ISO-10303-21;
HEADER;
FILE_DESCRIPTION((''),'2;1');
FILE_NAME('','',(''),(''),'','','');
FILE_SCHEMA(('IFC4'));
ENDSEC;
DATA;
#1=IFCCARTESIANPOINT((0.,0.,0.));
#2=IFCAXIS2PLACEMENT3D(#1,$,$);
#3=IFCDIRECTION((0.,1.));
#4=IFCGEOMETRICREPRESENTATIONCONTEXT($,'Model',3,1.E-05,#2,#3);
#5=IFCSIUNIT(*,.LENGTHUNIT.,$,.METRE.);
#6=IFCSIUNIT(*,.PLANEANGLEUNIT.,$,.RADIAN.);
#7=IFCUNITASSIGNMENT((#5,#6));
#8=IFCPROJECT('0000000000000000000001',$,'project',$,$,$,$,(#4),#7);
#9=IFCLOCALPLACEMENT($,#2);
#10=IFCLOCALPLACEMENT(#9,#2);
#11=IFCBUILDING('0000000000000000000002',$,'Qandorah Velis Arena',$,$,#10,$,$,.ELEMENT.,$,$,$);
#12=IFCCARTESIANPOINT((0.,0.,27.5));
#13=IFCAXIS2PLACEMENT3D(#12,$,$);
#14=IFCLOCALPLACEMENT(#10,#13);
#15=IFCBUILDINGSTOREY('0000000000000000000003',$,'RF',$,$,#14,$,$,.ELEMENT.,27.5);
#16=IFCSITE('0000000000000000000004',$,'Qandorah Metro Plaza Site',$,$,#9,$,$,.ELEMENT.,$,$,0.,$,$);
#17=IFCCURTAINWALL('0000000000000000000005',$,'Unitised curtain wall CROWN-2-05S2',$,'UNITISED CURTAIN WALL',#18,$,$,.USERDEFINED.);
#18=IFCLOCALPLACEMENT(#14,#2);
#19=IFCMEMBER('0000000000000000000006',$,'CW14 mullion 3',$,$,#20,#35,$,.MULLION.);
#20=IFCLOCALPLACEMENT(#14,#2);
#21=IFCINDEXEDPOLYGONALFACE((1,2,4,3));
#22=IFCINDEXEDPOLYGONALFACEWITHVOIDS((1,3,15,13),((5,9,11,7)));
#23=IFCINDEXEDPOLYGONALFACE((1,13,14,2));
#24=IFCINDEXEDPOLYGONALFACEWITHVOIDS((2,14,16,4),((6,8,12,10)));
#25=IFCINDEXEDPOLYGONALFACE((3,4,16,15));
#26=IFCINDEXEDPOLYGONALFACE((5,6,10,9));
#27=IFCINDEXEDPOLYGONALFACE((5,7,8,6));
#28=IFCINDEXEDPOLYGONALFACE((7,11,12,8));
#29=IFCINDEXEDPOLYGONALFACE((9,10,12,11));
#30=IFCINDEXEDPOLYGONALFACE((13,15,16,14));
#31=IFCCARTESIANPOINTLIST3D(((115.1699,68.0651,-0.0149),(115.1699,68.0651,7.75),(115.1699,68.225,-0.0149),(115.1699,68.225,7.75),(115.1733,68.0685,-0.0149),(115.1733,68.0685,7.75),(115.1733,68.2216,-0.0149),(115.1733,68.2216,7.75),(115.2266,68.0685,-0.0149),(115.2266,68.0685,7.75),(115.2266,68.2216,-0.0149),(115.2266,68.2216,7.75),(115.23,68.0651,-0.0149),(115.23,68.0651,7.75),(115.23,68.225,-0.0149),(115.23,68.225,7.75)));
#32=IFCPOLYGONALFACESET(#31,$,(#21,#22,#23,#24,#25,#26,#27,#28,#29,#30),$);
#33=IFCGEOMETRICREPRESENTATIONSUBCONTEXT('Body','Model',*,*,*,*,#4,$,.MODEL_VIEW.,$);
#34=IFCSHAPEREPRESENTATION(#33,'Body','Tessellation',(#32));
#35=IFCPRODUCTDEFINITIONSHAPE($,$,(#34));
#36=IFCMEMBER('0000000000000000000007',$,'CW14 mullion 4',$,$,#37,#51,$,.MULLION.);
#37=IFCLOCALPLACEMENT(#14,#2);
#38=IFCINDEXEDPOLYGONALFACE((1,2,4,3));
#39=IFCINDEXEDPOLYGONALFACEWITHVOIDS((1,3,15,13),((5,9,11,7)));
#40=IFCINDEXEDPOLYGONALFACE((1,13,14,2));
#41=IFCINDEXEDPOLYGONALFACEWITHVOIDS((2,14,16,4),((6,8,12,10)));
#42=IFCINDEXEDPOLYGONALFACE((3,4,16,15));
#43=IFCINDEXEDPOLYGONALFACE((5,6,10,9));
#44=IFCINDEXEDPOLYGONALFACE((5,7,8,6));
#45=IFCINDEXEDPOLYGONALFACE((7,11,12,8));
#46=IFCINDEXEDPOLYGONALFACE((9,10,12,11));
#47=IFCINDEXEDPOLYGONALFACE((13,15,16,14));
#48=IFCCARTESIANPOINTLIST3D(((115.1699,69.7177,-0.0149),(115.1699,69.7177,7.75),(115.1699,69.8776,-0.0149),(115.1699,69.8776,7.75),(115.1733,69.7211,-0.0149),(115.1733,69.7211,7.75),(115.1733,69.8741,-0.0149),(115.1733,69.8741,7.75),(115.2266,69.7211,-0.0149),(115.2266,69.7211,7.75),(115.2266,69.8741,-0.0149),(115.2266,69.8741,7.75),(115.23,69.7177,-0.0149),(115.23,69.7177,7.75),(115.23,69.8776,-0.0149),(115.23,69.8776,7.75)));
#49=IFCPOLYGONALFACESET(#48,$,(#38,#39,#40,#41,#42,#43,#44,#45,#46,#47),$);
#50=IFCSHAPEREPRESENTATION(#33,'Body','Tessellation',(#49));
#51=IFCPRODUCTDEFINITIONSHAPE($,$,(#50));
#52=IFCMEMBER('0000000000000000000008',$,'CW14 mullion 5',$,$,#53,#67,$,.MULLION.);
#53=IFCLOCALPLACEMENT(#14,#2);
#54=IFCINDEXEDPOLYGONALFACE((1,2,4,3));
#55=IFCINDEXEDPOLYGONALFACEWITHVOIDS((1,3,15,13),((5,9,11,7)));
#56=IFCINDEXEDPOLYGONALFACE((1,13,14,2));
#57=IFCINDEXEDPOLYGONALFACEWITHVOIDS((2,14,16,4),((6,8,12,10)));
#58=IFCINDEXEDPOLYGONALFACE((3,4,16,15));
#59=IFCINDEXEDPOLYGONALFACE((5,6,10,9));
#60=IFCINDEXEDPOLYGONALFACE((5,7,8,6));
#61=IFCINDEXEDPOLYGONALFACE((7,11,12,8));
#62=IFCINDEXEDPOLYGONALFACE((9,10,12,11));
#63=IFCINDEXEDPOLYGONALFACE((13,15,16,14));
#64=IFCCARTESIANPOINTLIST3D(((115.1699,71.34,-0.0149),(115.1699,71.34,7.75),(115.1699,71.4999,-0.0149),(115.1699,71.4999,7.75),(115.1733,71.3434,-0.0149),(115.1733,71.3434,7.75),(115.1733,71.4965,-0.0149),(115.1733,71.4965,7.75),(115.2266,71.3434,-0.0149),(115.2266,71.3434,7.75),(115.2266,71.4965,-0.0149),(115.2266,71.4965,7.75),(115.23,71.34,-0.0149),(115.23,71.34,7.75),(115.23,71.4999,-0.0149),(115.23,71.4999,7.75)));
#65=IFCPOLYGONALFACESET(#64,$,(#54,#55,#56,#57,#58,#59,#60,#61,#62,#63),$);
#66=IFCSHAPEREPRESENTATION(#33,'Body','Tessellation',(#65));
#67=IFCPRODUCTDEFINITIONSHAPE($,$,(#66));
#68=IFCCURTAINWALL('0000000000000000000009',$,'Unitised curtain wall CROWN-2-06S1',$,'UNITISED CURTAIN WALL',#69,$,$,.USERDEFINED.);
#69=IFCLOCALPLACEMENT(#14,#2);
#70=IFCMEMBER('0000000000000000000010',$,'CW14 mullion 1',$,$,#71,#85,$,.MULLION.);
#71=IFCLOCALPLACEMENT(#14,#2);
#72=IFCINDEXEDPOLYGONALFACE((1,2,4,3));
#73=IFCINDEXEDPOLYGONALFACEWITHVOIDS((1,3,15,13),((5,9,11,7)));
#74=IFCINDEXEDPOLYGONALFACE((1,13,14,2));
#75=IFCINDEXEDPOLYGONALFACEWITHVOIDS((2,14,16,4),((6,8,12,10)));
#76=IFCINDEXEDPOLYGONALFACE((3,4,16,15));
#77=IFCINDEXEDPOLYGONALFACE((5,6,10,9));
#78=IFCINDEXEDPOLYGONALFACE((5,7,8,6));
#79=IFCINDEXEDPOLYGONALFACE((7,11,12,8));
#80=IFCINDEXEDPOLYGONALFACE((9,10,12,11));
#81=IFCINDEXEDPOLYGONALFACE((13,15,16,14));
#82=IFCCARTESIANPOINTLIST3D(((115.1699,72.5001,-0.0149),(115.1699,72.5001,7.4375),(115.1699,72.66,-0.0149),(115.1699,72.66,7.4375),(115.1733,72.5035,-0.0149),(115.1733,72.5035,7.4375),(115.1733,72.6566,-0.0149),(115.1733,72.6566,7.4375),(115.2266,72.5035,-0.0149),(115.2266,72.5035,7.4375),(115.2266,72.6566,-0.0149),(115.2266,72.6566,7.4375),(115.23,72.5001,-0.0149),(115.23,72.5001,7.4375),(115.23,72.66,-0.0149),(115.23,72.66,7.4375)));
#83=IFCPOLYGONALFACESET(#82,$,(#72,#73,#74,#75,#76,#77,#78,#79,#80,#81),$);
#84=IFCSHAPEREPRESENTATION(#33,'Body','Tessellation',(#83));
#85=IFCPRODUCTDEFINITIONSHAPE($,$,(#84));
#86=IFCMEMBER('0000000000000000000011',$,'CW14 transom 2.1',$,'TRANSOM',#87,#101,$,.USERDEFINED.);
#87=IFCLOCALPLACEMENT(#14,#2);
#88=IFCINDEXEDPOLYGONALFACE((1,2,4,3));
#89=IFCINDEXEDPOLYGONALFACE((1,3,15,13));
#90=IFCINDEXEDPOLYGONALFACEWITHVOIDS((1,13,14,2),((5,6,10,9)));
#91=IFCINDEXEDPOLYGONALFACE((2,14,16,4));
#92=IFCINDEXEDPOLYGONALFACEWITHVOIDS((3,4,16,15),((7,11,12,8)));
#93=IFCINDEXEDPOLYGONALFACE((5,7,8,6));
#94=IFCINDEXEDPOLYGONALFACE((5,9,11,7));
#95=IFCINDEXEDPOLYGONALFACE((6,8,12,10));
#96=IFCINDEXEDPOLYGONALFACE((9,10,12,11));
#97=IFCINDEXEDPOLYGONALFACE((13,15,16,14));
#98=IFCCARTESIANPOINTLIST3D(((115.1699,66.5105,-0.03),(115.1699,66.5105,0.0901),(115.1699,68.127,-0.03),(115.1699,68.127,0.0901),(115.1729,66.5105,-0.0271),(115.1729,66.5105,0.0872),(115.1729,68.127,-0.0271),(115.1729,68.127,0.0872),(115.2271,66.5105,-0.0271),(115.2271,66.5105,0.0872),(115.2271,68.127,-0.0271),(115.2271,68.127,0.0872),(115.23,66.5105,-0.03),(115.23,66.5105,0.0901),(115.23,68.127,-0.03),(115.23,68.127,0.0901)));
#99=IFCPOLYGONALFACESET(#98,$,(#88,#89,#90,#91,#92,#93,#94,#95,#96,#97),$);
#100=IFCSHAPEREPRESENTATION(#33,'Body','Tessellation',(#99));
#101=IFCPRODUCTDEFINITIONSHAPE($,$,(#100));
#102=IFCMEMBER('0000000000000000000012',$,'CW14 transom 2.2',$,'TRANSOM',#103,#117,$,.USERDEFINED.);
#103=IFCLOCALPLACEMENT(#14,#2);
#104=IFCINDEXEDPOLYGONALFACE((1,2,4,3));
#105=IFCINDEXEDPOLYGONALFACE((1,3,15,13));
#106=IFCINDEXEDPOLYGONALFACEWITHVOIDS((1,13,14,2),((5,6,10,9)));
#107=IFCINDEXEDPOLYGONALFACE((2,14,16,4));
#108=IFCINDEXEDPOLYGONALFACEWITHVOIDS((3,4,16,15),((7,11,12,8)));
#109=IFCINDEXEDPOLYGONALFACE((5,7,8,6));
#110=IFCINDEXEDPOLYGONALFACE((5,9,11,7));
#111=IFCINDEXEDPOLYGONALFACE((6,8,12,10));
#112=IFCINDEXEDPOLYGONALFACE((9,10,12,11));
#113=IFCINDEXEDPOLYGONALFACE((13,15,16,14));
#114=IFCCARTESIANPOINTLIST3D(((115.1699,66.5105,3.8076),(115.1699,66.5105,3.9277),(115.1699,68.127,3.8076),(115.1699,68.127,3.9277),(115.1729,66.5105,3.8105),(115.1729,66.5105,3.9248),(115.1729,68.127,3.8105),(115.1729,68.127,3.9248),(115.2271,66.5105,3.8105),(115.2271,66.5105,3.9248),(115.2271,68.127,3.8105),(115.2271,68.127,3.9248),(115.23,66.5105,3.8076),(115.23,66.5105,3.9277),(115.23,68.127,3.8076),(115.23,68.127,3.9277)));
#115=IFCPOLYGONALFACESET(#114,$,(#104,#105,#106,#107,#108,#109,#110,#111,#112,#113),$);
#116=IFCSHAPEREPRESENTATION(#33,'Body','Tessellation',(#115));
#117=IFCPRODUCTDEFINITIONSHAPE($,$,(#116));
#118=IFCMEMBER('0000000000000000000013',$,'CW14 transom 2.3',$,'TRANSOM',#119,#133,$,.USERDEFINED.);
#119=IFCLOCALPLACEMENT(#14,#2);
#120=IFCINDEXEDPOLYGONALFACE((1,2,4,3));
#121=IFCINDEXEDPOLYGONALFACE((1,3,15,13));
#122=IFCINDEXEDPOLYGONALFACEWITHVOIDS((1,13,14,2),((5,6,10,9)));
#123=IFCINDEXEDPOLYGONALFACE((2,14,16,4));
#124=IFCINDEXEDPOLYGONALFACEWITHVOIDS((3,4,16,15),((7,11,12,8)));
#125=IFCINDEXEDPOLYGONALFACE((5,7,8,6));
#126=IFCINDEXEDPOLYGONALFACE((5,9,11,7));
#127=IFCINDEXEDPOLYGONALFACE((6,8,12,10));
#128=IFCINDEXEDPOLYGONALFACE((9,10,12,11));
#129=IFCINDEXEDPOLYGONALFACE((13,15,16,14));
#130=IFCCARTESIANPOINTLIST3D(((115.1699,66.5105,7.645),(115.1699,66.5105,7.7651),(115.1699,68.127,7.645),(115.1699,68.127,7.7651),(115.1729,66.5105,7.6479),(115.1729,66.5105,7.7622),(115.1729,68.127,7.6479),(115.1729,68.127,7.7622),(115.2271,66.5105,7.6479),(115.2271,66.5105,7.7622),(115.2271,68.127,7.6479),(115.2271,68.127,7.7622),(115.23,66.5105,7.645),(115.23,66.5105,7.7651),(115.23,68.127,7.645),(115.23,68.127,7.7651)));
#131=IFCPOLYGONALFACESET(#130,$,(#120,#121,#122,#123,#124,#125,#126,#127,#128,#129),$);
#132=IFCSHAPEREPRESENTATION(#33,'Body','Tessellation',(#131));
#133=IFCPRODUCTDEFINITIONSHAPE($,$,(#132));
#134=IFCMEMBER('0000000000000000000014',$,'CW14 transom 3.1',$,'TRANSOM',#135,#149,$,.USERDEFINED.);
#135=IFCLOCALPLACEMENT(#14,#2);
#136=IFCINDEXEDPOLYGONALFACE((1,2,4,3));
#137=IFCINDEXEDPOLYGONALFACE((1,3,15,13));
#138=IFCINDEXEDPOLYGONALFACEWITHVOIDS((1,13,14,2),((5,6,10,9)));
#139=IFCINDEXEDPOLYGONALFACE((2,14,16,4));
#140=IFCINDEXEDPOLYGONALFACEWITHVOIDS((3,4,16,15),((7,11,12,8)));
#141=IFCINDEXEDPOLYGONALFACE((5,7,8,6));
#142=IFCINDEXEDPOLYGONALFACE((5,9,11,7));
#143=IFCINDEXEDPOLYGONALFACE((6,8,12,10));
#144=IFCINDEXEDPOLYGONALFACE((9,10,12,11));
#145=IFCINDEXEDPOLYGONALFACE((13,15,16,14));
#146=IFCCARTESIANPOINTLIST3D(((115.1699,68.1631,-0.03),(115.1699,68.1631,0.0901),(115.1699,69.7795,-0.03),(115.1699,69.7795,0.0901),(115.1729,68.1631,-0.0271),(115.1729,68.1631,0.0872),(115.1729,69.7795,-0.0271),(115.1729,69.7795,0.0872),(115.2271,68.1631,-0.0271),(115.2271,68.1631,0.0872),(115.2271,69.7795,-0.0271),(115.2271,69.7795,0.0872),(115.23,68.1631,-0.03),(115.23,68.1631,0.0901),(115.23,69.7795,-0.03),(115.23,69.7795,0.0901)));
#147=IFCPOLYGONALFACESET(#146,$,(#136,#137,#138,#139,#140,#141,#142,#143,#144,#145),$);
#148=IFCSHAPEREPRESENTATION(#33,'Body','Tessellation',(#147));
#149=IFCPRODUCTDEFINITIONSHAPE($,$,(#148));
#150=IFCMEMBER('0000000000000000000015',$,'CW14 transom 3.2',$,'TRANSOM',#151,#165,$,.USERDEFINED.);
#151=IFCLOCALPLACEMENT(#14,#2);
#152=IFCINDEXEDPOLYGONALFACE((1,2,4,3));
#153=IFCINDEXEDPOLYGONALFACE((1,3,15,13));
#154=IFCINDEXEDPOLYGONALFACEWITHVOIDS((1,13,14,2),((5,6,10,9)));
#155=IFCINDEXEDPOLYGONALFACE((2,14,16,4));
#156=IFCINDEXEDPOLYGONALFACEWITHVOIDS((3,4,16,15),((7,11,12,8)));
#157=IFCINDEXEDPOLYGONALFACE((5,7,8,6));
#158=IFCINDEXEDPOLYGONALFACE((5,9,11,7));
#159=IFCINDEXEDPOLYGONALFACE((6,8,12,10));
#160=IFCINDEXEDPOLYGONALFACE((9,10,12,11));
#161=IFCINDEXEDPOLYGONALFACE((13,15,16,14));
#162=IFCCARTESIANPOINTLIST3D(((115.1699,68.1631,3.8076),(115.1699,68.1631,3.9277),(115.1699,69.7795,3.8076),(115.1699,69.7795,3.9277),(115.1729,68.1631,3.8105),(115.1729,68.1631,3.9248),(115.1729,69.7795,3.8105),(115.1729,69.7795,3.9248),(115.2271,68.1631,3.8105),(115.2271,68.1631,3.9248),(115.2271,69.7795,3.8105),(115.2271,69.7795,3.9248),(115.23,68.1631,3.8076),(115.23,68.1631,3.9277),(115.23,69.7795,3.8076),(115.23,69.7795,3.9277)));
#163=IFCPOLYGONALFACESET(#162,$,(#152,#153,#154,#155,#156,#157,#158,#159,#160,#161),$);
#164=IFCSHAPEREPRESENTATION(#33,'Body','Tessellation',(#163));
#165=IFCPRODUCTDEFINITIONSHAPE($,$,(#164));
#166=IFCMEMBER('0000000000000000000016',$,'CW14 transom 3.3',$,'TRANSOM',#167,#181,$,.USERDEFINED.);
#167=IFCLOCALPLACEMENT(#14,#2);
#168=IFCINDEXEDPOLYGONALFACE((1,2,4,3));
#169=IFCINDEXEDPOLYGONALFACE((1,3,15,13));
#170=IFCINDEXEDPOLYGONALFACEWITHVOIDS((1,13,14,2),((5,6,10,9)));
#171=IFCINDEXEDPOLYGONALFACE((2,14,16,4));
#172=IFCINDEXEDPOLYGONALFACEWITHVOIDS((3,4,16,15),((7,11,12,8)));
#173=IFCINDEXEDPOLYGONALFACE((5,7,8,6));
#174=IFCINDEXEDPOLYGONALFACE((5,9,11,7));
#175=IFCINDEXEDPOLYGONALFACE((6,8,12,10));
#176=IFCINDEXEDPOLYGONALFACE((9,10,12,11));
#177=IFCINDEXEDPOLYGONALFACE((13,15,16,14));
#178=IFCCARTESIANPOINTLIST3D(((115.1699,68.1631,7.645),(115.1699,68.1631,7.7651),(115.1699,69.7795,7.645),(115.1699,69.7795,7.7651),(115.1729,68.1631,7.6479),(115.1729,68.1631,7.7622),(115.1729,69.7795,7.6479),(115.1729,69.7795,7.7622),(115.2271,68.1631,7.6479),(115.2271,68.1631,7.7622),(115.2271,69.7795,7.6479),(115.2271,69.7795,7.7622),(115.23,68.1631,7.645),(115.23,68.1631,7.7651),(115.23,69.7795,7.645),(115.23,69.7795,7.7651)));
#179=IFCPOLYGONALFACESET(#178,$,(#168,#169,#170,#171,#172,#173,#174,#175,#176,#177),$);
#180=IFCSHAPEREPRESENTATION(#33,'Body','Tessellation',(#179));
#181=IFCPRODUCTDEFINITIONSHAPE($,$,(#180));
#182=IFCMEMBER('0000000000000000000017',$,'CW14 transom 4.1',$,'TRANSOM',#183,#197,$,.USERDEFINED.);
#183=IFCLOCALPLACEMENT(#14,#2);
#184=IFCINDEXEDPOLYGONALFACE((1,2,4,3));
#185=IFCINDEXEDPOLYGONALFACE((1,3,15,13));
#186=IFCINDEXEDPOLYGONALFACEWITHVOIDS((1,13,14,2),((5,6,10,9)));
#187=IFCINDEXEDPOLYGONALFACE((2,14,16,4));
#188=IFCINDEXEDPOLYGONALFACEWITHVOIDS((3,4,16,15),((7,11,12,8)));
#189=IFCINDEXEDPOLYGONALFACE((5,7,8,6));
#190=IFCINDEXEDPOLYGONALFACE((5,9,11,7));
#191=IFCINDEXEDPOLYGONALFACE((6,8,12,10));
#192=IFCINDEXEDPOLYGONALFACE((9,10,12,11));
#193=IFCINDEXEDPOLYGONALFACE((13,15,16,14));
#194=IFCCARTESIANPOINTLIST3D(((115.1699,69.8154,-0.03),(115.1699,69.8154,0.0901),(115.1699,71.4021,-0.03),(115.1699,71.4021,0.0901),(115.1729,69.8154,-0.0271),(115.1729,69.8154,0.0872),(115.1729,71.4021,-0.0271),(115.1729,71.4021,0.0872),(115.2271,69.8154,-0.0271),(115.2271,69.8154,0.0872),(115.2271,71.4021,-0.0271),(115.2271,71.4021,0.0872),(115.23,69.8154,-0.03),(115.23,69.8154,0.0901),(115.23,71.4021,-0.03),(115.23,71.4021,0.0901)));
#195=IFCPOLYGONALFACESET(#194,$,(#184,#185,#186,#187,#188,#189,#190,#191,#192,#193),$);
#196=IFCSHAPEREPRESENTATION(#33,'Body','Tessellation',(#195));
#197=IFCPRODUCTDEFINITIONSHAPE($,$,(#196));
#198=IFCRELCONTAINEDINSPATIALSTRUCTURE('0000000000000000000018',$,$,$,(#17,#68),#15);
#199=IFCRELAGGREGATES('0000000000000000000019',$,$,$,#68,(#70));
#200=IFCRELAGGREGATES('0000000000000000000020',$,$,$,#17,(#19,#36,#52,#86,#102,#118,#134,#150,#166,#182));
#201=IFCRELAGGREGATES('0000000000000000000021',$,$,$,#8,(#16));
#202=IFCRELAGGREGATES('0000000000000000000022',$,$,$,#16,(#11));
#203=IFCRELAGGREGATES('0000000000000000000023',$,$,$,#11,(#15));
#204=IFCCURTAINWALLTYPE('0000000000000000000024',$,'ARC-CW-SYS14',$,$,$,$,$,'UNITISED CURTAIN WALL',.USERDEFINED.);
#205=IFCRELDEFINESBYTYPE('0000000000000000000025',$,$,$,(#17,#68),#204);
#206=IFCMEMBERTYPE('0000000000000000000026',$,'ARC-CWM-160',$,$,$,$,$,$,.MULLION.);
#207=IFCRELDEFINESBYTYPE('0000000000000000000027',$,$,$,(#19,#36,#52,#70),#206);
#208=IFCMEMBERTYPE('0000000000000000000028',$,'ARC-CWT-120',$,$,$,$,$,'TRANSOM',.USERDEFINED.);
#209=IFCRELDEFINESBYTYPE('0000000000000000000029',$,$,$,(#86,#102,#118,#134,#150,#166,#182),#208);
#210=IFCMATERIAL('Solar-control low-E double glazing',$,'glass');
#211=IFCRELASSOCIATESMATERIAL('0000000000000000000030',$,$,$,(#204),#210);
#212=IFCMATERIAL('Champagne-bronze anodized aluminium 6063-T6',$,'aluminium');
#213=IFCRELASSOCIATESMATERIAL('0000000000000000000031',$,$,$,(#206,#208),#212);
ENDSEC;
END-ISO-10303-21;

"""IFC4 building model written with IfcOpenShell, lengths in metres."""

from ifc_helpers import new_model, si_unit, direction, frame, origin, origin_2d, place, context, subcontext, project, spatial, hollow_rectangle, extrude, material, material_profile, profile_set, type_object, element, aggregate, save


model = new_model("IFC4")

# Units and contexts
model_context = context("Model", 3, precision=1e-05, world=origin(), true_north=direction((0.0, 1.0)))
body_context = subcontext(model_context, "Body", "Model", "MODEL_VIEW")
ifc_project = project(units=[si_unit("LENGTHUNIT", "METRE"), si_unit("PLANEANGLEUNIT", "RADIAN")], contexts=[model_context])

# Site, building, storey
site_placement = place(None, origin())
site = spatial("IfcSite", under=ifc_project, at=site_placement, Name="Qandorah Metro Plaza Site", CompositionType="ELEMENT", RefElevation=0.0)
building_placement = place(site_placement, origin())
building = spatial("IfcBuilding", under=site, at=building_placement, Name="Qandorah Velis Arena", CompositionType="ELEMENT")
storey_placement = place(building_placement, frame((0.0, 0.0, 27.5)))
storey = spatial("IfcBuildingStorey", under=building, at=storey_placement, Name="RF", CompositionType="ELEMENT", Elevation=27.5)

# Curtain wall, members
ifc_material_1 = material(Name="Solar-control low-E double glazing", Category="glass")
curtain_wall_type = type_object("IfcCurtainWallType", Name="ARC-CW-SYS14", ElementType="UNITISED CURTAIN WALL", PredefinedType="USERDEFINED", material=ifc_material_1)
curtain_wall_1_placement = place(storey_placement, origin())
curtain_wall_1 = element("IfcCurtainWall", 1, at=curtain_wall_1_placement, inside=storey, type_object=curtain_wall_type, Name="Unitised curtain wall CROWN-2-05S2", ObjectType="UNITISED CURTAIN WALL", PredefinedType="USERDEFINED")
ifc_material_2 = material(Name="Champagne-bronze anodized aluminium 6063-T6", Category="aluminium")
ifc_material_profile_1 = material_profile(ifc_material_2, hollow_rectangle(XDim=0.0601, YDim=0.1599, WallThickness=0.0034, at=origin_2d()), Name="ALU MULLION 60x160")
ifc_profile_set_1 = profile_set([ifc_material_profile_1], Name="Champagne-bronze anodized aluminium 6063-T6")
member_type_1 = type_object("IfcMemberType", Name="ARC-CWM-160", PredefinedType="MULLION", material=ifc_profile_set_1)
member_1_placement = place(storey_placement, frame((115.2, 68.145, -0.0149), z_axis=(0.0, 0.0, 1.0), x_axis=(-1.0, 0.0, 0.0)))
member_1 = element("IfcMember", 2, at=member_1_placement, type_object=member_type_1, Name="CW14 mullion 3", PredefinedType="MULLION", context=body_context, shape_type="SweptSolid", body=[
    extrude(hollow_rectangle(XDim=0.0601, YDim=0.1599, WallThickness=0.0034, at=origin_2d()), origin(), (0.0, 0.0, 1.0), 7.7649),
])
member_2_placement = place(storey_placement, frame((115.2, 69.7976, -0.0149), z_axis=(0.0, 0.0, 1.0), x_axis=(-1.0, 0.0, 0.0)))
member_2 = element("IfcMember", 3, at=member_2_placement, type_object=member_type_1, Name="CW14 mullion 4", PredefinedType="MULLION", context=body_context, shape_type="SweptSolid", body=[
    extrude(hollow_rectangle(XDim=0.0601, YDim=0.1599, WallThickness=0.0034, at=origin_2d()), origin(), (0.0, 0.0, 1.0), 7.7649),
])
member_3_placement = place(storey_placement, frame((115.2, 71.4199, -0.0149), z_axis=(0.0, 0.0, 1.0), x_axis=(-1.0, 0.0, 0.0)))
member_3 = element("IfcMember", 4, at=member_3_placement, type_object=member_type_1, Name="CW14 mullion 5", PredefinedType="MULLION", context=body_context, shape_type="SweptSolid", body=[
    extrude(hollow_rectangle(XDim=0.0601, YDim=0.1599, WallThickness=0.0034, at=origin_2d()), origin(), (0.0, 0.0, 1.0), 7.7649),
])

# Curtain wall, member
curtain_wall_2_placement = place(storey_placement, origin())
curtain_wall_2 = element("IfcCurtainWall", 5, at=curtain_wall_2_placement, inside=storey, type_object=curtain_wall_type, Name="Unitised curtain wall CROWN-2-06S1", ObjectType="UNITISED CURTAIN WALL", PredefinedType="USERDEFINED")
member_4_placement = place(storey_placement, frame((115.2, 72.5801, -0.0149), z_axis=(0.0, 0.0, 1.0), x_axis=(-1.0, 0.0, 0.0)))
member_4 = element("IfcMember", 6, at=member_4_placement, type_object=member_type_1, Name="CW14 mullion 1", PredefinedType="MULLION", context=body_context, shape_type="SweptSolid", body=[
    extrude(hollow_rectangle(XDim=0.0601, YDim=0.1599, WallThickness=0.0034, at=origin_2d()), origin(), (0.0, 0.0, 1.0), 7.4524),
])

# Members
ifc_material_profile_2 = material_profile(ifc_material_2, hollow_rectangle(XDim=0.0601, YDim=0.1201, WallThickness=0.0029, at=origin_2d()), Name="ALU TRANSOM 60x120")
ifc_profile_set_2 = profile_set([ifc_material_profile_2], Name="Champagne-bronze anodized aluminium 6063-T6")
member_type_2 = type_object("IfcMemberType", Name="ARC-CWT-120", ElementType="TRANSOM", PredefinedType="USERDEFINED", material=ifc_profile_set_2)
member_5_placement = place(storey_placement, frame((115.2, 66.5105, 0.03), z_axis=(0.0, 1.0, 0.0), x_axis=(-1.0, 0.0, 0.0)))
member_5 = element("IfcMember", 7, at=member_5_placement, type_object=member_type_2, Name="CW14 transom 2.1", ObjectType="TRANSOM", PredefinedType="USERDEFINED", context=body_context, shape_type="SweptSolid", body=[
    extrude(hollow_rectangle(XDim=0.0601, YDim=0.1201, WallThickness=0.0029, at=origin_2d()), origin(), (0.0, 0.0, 1.0), 1.6165),
])
member_6_placement = place(storey_placement, frame((115.2, 66.5105, 3.8677), z_axis=(0.0, 1.0, 0.0), x_axis=(-1.0, 0.0, 0.0)))
member_6 = element("IfcMember", 8, at=member_6_placement, type_object=member_type_2, Name="CW14 transom 2.2", ObjectType="TRANSOM", PredefinedType="USERDEFINED", context=body_context, shape_type="SweptSolid", body=[
    extrude(hollow_rectangle(XDim=0.0601, YDim=0.1201, WallThickness=0.0029, at=origin_2d()), origin(), (0.0, 0.0, 1.0), 1.6165),
])
member_7_placement = place(storey_placement, frame((115.2, 66.5105, 7.7051), z_axis=(0.0, 1.0, 0.0), x_axis=(-1.0, 0.0, 0.0)))
member_7 = element("IfcMember", 9, at=member_7_placement, type_object=member_type_2, Name="CW14 transom 2.3", ObjectType="TRANSOM", PredefinedType="USERDEFINED", context=body_context, shape_type="SweptSolid", body=[
    extrude(hollow_rectangle(XDim=0.0601, YDim=0.1201, WallThickness=0.0029, at=origin_2d()), origin(), (0.0, 0.0, 1.0), 1.6165),
])
member_8_placement = place(storey_placement, frame((115.2, 68.1631, 0.03), z_axis=(0.0, 1.0, 0.0), x_axis=(-1.0, 0.0, 0.0)))
member_8 = element("IfcMember", 10, at=member_8_placement, type_object=member_type_2, Name="CW14 transom 3.1", ObjectType="TRANSOM", PredefinedType="USERDEFINED", context=body_context, shape_type="SweptSolid", body=[
    extrude(hollow_rectangle(XDim=0.0601, YDim=0.1201, WallThickness=0.0029, at=origin_2d()), origin(), (0.0, 0.0, 1.0), 1.6165),
])
member_9_placement = place(storey_placement, frame((115.2, 68.1631, 3.8677), z_axis=(0.0, 1.0, 0.0), x_axis=(-1.0, 0.0, 0.0)))
member_9 = element("IfcMember", 11, at=member_9_placement, type_object=member_type_2, Name="CW14 transom 3.2", ObjectType="TRANSOM", PredefinedType="USERDEFINED", context=body_context, shape_type="SweptSolid", body=[
    extrude(hollow_rectangle(XDim=0.0601, YDim=0.1201, WallThickness=0.0029, at=origin_2d()), origin(), (0.0, 0.0, 1.0), 1.6165),
])
member_10_placement = place(storey_placement, frame((115.2, 68.1631, 7.7051), z_axis=(0.0, 1.0, 0.0), x_axis=(-1.0, 0.0, 0.0)))
member_10 = element("IfcMember", 12, at=member_10_placement, type_object=member_type_2, Name="CW14 transom 3.3", ObjectType="TRANSOM", PredefinedType="USERDEFINED", context=body_context, shape_type="SweptSolid", body=[
    extrude(hollow_rectangle(XDim=0.0601, YDim=0.1201, WallThickness=0.0029, at=origin_2d()), origin(), (0.0, 0.0, 1.0), 1.6165),
])
member_11_placement = place(storey_placement, frame((115.2, 69.8154, 0.03), z_axis=(0.0, 1.0, 0.0), x_axis=(-1.0, 0.0, 0.0)))
member_11 = element("IfcMember", 13, at=member_11_placement, type_object=member_type_2, Name="CW14 transom 4.1", ObjectType="TRANSOM", PredefinedType="USERDEFINED", context=body_context, shape_type="SweptSolid", body=[
    extrude(hollow_rectangle(XDim=0.0601, YDim=0.1201, WallThickness=0.0029, at=origin_2d()), origin(), (0.0, 0.0, 1.0), 1.5867),
])
aggregate(curtain_wall_2, [member_4])

aggregate(curtain_wall_1, [member_1, member_2, member_3, member_5, member_6, member_7, member_8, member_9, member_10, member_11])

save(model, "model.ifc")
